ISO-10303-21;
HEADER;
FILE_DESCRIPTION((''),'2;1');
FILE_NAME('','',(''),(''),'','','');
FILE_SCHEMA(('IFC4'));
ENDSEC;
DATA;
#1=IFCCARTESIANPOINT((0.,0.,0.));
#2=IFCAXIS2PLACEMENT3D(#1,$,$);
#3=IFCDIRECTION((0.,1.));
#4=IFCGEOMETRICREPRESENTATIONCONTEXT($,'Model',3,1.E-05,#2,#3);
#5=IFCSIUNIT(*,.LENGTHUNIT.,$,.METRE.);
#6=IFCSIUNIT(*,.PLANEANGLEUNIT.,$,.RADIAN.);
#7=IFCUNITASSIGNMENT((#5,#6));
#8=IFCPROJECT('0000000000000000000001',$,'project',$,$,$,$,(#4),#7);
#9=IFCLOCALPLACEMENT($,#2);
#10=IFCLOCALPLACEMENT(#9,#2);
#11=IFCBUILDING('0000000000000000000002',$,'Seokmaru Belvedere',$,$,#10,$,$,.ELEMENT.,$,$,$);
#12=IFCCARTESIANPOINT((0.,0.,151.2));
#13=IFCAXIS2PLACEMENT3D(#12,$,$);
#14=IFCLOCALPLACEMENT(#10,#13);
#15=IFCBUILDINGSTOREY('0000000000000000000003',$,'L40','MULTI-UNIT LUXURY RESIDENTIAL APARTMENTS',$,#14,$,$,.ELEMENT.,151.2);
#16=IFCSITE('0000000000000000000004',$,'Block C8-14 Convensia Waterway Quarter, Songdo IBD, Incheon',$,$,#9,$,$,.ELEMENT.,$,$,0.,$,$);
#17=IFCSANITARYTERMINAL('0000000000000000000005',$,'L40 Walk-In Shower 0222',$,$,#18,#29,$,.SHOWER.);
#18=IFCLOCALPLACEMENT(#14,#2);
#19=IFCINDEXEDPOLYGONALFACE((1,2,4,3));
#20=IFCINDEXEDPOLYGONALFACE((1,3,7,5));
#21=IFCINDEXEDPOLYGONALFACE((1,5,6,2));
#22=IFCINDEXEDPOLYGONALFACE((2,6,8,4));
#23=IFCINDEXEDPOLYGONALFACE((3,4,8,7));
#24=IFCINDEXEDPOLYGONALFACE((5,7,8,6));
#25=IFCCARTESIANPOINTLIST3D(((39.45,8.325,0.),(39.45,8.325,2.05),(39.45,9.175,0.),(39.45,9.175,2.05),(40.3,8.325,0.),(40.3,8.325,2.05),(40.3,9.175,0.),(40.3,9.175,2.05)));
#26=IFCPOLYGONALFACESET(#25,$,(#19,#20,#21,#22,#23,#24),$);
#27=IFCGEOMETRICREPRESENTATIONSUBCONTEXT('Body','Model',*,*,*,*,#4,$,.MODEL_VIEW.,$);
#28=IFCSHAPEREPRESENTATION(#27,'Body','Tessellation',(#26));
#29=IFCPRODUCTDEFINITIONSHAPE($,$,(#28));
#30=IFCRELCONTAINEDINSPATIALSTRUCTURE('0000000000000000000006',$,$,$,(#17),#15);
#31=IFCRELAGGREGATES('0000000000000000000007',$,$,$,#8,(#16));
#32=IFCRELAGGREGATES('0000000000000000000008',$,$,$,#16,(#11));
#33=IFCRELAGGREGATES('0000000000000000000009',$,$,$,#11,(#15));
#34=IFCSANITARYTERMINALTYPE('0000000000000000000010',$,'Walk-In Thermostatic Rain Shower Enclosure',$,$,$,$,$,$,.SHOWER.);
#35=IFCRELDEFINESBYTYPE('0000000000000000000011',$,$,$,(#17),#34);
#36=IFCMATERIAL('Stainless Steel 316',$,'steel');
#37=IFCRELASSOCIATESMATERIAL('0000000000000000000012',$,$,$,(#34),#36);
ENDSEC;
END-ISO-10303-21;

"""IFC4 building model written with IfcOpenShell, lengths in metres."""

from ifc_helpers import new_model, si_unit, direction, frame, origin, origin_2d, place, context, subcontext, project, spatial, rectangle, extrude, source, transform, mapped, material, type_object, type_shapes, element, save


model = new_model("IFC4")

# Units and contexts
model_context = context("Model", 3, precision=1e-05, world=origin(), true_north=direction((0.0, 1.0)))
body_context = subcontext(model_context, "Body", "Model", "MODEL_VIEW")
ifc_project = project(units=[si_unit("LENGTHUNIT", "METRE"), si_unit("PLANEANGLEUNIT", "RADIAN")], contexts=[model_context])

# Site, building, storey
site_placement = place(None, origin())
site = spatial("IfcSite", under=ifc_project, at=site_placement, Name="Block C8-14 Convensia Waterway Quarter, Songdo IBD, Incheon", CompositionType="ELEMENT", RefElevation=0.0)
building_placement = place(site_placement, origin())
building = spatial("IfcBuilding", under=site, at=building_placement, Name="Seokmaru Belvedere", CompositionType="ELEMENT")
storey_placement = place(building_placement, frame((0.0, 0.0, 151.2)))
storey = spatial("IfcBuildingStorey", under=building, at=storey_placement, Name="L40", Description="MULTI-UNIT LUXURY RESIDENTIAL APARTMENTS", CompositionType="ELEMENT", Elevation=151.2)

# Sanitary terminal
ifc_material_1 = material(Name="Stainless Steel 316", Category="steel")
sanitary_terminal_type_1 = type_object("IfcSanitaryTerminalType", Name="Walk-In Thermostatic Rain Shower Enclosure", PredefinedType="SHOWER", material=ifc_material_1)
shared_shape_1 = source(origin(), body_context, "Body", "SweptSolid", [
    extrude(rectangle(XDim=0.8501, YDim=0.8501, at=origin_2d()), origin(), (0.0, 0.0, 1.0), 2.05),
])
type_shapes(sanitary_terminal_type_1, [shared_shape_1])
sanitary_terminal_1_placement = place(storey_placement, frame((39.875, 8.75, 0.0), z_axis=(0.0, 0.0, 1.0), x_axis=(1.0, 0.0, 0.0)))
element("IfcSanitaryTerminal", 1, at=sanitary_terminal_1_placement, inside=storey, type_object=sanitary_terminal_type_1, Name="L40 Walk-In Shower 0222", PredefinedType="SHOWER", context=body_context, shape_type="MappedRepresentation", body=[
    mapped(shared_shape_1, transform((0.0, 0.0, 0.0), scale=1.0)),
])

save(model, "model.ifc")
